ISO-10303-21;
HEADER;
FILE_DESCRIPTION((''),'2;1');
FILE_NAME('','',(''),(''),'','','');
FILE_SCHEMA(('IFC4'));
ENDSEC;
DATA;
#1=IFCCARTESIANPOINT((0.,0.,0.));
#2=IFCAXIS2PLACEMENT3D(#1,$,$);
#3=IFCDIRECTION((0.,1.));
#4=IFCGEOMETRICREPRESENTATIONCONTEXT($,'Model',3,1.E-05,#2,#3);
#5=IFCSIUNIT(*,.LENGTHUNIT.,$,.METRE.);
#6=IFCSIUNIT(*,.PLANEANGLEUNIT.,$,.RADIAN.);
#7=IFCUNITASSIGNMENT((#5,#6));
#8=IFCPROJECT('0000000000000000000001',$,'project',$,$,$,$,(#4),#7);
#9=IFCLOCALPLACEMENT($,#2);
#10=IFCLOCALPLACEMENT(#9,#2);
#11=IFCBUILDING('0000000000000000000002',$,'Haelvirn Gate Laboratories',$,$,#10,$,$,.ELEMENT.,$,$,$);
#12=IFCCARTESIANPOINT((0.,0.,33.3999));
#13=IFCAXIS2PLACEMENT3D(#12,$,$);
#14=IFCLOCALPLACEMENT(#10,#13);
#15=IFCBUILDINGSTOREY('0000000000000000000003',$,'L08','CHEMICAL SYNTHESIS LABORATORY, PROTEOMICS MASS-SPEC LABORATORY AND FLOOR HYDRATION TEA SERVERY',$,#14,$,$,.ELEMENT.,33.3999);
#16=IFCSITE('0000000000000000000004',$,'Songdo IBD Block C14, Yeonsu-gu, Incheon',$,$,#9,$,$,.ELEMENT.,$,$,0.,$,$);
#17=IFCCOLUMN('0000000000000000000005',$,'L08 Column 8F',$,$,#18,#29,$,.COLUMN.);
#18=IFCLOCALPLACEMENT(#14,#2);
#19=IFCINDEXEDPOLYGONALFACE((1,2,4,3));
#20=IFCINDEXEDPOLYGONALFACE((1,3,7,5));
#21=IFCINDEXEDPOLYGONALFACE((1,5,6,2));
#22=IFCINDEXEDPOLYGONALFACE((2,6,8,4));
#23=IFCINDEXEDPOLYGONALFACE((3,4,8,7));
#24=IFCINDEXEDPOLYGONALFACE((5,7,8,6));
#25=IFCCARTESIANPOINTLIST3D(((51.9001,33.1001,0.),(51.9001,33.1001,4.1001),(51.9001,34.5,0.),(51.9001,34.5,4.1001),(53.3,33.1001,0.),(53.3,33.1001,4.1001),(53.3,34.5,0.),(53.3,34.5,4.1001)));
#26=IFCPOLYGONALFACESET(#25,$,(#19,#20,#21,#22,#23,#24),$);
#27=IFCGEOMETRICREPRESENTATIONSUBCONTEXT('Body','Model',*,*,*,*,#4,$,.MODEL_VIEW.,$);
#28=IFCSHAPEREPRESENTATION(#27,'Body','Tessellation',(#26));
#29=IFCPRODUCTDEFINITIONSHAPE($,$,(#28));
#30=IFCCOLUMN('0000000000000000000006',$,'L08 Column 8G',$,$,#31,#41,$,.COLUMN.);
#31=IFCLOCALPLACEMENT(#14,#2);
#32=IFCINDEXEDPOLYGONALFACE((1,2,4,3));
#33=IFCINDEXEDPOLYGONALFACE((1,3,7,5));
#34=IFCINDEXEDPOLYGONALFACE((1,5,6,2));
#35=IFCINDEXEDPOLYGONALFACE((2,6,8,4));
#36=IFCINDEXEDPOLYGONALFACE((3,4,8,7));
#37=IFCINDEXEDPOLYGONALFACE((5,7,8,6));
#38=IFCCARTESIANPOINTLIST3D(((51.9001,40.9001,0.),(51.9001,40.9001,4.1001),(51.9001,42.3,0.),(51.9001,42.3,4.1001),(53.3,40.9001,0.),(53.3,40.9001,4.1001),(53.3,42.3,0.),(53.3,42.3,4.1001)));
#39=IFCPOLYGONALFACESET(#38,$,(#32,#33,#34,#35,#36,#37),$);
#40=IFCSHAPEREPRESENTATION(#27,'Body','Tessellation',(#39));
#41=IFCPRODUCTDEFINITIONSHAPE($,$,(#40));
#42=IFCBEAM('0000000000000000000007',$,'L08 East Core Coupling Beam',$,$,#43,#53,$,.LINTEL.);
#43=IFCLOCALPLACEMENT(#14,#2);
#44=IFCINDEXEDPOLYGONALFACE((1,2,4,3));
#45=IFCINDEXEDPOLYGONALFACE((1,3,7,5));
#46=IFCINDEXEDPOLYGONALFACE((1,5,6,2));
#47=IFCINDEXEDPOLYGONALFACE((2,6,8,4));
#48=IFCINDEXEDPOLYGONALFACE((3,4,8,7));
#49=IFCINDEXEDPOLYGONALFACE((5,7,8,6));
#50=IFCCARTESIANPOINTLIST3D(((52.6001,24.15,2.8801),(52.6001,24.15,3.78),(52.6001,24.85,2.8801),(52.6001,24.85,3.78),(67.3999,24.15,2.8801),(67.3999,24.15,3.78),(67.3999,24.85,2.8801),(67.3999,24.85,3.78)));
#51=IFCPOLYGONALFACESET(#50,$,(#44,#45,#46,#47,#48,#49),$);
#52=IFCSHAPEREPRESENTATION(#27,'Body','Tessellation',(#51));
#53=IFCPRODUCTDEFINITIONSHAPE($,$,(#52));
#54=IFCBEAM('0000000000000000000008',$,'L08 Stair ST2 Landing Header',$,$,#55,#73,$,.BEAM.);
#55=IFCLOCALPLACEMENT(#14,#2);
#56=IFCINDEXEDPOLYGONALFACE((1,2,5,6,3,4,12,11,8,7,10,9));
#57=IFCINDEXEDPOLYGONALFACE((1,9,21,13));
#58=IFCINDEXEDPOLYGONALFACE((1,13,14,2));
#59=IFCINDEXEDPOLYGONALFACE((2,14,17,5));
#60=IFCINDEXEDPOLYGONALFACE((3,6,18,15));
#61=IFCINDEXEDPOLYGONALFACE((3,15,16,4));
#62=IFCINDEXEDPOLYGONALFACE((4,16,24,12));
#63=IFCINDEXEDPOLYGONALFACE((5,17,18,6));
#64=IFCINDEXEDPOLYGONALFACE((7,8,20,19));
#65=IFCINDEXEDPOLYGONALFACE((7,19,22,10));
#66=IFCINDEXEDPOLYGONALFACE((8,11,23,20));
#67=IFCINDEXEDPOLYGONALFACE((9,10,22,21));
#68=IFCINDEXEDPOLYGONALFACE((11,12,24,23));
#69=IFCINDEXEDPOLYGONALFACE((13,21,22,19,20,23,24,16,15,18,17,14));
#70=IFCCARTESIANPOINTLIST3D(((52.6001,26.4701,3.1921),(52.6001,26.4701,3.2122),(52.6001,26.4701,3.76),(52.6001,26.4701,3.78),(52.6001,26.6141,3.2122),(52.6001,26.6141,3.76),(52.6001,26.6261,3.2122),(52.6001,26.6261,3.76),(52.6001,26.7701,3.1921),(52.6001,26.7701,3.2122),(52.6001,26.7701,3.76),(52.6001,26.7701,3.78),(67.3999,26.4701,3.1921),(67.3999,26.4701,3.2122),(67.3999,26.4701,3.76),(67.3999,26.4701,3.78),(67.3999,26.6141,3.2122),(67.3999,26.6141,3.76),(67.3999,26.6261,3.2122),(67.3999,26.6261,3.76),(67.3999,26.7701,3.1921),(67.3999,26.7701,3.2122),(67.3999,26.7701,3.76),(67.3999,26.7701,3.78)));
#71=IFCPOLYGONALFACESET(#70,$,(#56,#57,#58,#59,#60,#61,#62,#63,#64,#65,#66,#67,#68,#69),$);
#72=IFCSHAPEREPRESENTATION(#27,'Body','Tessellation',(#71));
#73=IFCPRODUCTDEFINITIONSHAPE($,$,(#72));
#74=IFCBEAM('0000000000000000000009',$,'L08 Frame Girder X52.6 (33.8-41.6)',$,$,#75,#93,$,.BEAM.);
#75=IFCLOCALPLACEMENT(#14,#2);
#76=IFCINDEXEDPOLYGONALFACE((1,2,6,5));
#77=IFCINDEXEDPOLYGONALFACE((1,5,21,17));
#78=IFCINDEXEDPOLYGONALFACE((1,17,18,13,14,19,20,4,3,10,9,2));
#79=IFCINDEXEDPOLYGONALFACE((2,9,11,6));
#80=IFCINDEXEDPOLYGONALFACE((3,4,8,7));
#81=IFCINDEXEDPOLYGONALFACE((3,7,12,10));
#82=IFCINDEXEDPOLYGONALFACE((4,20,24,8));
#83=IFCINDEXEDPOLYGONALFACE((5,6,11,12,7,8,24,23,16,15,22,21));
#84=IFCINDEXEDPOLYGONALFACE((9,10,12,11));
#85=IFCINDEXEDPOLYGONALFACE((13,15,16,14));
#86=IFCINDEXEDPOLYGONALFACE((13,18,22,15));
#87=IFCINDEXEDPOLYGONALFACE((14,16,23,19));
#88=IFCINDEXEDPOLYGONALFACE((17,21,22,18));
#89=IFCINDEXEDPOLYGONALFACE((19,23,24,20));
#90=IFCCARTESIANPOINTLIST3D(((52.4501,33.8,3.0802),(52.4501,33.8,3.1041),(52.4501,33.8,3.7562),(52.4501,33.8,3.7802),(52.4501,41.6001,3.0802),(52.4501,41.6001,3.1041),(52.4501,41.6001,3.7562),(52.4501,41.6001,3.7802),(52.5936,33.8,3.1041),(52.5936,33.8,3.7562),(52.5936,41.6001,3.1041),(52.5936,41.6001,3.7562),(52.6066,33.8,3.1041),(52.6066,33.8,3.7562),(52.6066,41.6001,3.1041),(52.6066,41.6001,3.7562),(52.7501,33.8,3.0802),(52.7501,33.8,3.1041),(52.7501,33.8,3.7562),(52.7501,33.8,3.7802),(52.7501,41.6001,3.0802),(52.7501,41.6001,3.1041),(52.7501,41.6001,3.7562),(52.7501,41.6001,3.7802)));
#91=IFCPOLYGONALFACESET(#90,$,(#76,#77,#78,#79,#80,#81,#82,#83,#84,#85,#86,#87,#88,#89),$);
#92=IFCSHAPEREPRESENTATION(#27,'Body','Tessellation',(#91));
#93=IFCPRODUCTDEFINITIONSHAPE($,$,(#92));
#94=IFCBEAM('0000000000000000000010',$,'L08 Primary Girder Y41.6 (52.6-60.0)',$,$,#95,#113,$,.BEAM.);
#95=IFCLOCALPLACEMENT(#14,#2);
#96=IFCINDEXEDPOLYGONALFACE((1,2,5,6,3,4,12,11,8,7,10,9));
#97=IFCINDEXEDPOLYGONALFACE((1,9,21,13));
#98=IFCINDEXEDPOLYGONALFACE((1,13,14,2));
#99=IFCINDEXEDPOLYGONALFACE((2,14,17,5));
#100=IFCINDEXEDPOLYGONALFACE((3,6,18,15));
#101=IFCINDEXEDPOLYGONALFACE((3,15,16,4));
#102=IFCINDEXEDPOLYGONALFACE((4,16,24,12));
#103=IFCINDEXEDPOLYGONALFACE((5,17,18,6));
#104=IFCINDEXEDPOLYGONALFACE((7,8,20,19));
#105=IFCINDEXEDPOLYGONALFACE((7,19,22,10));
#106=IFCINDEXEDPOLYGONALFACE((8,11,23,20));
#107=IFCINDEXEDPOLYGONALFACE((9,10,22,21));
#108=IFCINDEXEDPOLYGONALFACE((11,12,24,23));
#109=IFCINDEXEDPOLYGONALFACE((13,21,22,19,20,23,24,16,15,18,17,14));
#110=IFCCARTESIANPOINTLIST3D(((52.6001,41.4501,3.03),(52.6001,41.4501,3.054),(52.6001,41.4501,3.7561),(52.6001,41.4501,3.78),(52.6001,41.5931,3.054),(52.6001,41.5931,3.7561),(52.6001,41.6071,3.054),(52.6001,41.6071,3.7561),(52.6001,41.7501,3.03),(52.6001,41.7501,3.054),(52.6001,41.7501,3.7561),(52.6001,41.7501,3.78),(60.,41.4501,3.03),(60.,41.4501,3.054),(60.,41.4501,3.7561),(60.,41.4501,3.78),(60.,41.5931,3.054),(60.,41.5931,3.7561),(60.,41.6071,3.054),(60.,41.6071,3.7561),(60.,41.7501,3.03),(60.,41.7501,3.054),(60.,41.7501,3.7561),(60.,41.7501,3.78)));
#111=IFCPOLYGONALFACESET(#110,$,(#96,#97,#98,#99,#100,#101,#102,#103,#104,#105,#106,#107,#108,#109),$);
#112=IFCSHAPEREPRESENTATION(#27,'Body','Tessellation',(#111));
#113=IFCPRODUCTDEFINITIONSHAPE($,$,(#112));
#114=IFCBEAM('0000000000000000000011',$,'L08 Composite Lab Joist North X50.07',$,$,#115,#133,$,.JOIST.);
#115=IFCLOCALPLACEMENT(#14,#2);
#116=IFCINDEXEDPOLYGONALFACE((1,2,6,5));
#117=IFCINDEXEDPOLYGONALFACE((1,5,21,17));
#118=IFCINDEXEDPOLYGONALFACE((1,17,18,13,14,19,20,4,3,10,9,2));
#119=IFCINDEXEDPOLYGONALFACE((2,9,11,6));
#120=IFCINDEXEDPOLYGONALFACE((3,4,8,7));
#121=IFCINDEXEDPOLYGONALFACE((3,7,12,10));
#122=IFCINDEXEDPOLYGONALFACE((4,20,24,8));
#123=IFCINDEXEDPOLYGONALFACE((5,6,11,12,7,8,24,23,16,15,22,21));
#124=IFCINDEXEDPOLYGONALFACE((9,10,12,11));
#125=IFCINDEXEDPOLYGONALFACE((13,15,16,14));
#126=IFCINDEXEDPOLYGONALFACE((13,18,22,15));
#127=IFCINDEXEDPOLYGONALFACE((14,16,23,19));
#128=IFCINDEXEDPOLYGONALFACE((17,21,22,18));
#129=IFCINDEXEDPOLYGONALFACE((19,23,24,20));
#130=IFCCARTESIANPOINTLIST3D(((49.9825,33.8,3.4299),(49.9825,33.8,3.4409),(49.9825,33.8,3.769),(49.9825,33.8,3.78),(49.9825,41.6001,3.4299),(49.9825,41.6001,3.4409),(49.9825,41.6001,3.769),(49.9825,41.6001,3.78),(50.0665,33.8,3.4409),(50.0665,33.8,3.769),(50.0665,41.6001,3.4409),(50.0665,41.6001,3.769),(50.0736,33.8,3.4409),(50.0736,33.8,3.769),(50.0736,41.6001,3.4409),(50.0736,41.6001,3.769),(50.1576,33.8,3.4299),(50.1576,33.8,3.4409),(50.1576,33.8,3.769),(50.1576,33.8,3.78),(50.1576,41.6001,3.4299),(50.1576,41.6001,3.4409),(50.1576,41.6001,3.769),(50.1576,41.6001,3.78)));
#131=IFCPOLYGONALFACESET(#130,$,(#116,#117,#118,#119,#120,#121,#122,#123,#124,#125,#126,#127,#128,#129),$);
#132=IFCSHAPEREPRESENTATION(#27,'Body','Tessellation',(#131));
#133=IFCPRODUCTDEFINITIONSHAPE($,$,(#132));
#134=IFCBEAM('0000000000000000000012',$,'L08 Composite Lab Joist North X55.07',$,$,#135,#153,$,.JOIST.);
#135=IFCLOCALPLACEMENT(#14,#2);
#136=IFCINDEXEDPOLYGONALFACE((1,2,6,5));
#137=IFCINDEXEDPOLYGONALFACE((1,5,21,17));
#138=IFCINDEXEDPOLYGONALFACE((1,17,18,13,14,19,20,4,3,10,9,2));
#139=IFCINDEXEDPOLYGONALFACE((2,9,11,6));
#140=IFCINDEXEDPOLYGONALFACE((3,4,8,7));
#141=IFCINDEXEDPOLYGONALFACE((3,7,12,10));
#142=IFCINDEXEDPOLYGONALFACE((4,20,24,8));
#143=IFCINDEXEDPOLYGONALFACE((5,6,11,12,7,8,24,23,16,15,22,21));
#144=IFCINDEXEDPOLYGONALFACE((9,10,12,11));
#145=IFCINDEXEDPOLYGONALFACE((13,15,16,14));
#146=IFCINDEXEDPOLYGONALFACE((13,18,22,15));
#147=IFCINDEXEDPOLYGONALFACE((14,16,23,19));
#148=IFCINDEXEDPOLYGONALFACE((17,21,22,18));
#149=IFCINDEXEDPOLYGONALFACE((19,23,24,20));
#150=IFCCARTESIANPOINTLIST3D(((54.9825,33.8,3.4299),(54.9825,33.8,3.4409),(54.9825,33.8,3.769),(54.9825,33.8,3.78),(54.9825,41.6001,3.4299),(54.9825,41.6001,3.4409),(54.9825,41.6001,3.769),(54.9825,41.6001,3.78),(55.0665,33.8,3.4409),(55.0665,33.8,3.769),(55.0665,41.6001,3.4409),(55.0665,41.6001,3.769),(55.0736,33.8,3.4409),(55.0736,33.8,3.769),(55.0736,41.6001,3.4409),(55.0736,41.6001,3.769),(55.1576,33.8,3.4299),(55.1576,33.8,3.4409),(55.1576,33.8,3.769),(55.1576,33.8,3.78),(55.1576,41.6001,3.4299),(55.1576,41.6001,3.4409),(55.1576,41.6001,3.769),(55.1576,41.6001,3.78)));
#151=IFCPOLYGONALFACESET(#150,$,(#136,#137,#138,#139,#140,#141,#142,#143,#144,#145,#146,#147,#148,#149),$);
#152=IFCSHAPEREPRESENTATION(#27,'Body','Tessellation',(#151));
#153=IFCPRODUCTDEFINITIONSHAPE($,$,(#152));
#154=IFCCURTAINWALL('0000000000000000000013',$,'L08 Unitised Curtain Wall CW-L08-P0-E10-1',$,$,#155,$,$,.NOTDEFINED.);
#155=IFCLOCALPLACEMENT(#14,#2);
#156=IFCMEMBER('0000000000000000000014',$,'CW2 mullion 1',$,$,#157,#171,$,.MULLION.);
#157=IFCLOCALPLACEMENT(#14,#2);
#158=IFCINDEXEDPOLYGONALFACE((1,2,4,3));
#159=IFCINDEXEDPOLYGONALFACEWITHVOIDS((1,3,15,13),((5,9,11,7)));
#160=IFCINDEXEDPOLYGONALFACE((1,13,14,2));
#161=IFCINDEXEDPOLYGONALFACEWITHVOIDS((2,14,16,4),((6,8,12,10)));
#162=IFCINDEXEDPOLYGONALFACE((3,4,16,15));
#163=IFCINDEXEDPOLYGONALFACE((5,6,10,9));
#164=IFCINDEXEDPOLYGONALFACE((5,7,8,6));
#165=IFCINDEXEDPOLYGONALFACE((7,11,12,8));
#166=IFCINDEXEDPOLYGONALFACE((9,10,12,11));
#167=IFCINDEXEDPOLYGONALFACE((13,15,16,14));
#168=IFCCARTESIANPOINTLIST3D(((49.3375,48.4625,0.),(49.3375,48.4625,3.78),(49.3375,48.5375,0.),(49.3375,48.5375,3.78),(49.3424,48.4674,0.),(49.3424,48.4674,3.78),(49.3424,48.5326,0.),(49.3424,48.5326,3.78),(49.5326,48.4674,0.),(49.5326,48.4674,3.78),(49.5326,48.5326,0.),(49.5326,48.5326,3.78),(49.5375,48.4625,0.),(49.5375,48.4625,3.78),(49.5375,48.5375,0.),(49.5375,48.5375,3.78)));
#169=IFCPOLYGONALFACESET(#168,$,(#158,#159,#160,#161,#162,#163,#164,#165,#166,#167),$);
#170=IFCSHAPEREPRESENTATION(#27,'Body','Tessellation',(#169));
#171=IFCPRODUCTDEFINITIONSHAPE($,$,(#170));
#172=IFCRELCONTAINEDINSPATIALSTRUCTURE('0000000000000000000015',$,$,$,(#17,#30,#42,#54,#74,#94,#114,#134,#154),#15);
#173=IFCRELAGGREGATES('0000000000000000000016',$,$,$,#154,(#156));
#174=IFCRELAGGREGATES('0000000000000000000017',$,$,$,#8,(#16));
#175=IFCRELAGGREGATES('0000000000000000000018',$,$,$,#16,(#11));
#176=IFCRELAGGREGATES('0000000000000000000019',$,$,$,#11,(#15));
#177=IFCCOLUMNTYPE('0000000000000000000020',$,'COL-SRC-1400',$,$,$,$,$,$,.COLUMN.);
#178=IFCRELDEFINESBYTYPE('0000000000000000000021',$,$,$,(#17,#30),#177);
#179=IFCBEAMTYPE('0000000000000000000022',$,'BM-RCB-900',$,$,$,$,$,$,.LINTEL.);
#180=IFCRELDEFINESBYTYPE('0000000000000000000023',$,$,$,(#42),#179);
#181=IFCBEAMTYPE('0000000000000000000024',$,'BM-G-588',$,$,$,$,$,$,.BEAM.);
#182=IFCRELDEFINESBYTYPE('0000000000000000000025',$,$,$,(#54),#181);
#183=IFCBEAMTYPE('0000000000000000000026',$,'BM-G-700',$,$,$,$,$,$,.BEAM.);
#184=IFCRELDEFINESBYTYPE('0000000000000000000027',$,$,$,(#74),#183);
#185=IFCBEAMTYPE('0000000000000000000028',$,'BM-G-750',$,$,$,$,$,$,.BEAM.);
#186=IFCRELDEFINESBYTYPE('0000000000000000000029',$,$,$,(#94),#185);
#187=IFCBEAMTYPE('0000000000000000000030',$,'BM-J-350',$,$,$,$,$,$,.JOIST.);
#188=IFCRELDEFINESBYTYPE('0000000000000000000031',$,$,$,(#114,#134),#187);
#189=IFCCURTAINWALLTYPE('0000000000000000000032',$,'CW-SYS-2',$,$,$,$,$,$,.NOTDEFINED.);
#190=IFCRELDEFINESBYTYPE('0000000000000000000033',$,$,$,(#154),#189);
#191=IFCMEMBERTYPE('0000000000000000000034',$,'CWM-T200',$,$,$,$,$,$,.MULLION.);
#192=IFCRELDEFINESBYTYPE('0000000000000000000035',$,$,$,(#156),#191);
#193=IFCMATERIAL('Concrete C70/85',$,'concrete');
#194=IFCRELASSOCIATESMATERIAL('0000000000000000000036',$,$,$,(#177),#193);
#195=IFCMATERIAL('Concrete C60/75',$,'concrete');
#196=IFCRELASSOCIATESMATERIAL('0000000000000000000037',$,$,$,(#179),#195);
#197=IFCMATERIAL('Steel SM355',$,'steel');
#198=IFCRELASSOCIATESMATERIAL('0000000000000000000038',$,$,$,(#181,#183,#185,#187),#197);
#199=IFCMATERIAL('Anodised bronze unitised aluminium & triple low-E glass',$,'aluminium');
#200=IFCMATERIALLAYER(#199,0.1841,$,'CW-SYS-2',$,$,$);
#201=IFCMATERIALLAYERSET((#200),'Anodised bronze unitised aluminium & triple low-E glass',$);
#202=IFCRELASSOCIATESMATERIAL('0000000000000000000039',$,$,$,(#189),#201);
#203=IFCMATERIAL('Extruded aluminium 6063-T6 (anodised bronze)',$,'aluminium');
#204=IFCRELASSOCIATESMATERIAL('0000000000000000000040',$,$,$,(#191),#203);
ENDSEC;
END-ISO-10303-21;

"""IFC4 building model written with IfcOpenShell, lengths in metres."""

from ifc_helpers import new_model, si_unit, direction, frame, origin, origin_2d, place, context, subcontext, project, spatial, rectangle, hollow_rectangle, i_section, extrude, source, transform, mapped, material, layer, layer_set, material_profile, profile_set, type_object, type_shapes, element, aggregate, save


model = new_model("IFC4")

# Units and contexts
model_context = context("Model", 3, precision=1e-05, world=origin(), true_north=direction((0.0, 1.0)))
body_context = subcontext(model_context, "Body", "Model", "MODEL_VIEW")
ifc_project = project(units=[si_unit("LENGTHUNIT", "METRE"), si_unit("PLANEANGLEUNIT", "RADIAN")], contexts=[model_context])

# Site, building, storey
site_placement = place(None, origin())
site = spatial("IfcSite", under=ifc_project, at=site_placement, Name="Songdo IBD Block C14, Yeonsu-gu, Incheon", CompositionType="ELEMENT", RefElevation=0.0)
building_placement = place(site_placement, origin())
building = spatial("IfcBuilding", under=site, at=building_placement, Name="Haelvirn Gate Laboratories", CompositionType="ELEMENT")
storey_placement = place(building_placement, frame((0.0, 0.0, 33.3999)))
storey = spatial("IfcBuildingStorey", under=building, at=storey_placement, Name="L08", Description="CHEMICAL SYNTHESIS LABORATORY, PROTEOMICS MASS-SPEC LABORATORY AND FLOOR HYDRATION TEA SERVERY", CompositionType="ELEMENT", Elevation=33.3999)

# Columns
ifc_material_1 = material(Name="Concrete C70/85", Category="concrete")
ifc_material_profile_1 = material_profile(ifc_material_1, rectangle(XDim=1.3999, YDim=1.3999, at=origin_2d()), Name="SRC-1400x1400")
ifc_profile_set_1 = profile_set([ifc_material_profile_1], Name="Concrete C70/85")
column_type = type_object("IfcColumnType", Name="COL-SRC-1400", PredefinedType="COLUMN", material=ifc_profile_set_1)
shared_shape_1 = source(origin(), body_context, "Body", "SweptSolid", [
    extrude(rectangle(XDim=1.3999, YDim=1.3999, at=origin_2d()), origin(), (0.0, 0.0, 1.0), 4.1001),
])
type_shapes(column_type, [shared_shape_1])
for number, where, z_axis, x_axis, name in (
    (1, (52.6001, 33.8, 0.0), (0.0, 0.0, 1.0), (1.0, 0.0, 0.0), "L08 Column 8F"),
    (2, (52.6001, 41.6001, 0.0), (0.0, 0.0, 1.0), (1.0, 0.0, 0.0), "L08 Column 8G"),
):
    element("IfcColumn", number, at=place(storey_placement, frame(where, z_axis=z_axis, x_axis=x_axis)), inside=storey, type_object=column_type, Name=name, PredefinedType="COLUMN", context=body_context, shape_type="MappedRepresentation", body=[
        mapped(shared_shape_1, transform((0.0, 0.0, 0.0), scale=1.0)),
    ])

# Beams
ifc_material_2 = material(Name="Concrete C60/75", Category="concrete")
ifc_material_profile_2 = material_profile(ifc_material_2, rectangle(XDim=0.7, YDim=0.8999, at=origin_2d()), Name="RCB-700x900")
ifc_profile_set_2 = profile_set([ifc_material_profile_2], Name="Concrete C60/75")
beam_type_1 = type_object("IfcBeamType", Name="BM-RCB-900", PredefinedType="LINTEL", material=ifc_profile_set_2)
shared_shape_2 = source(origin(), body_context, "Body", "SweptSolid", [
    extrude(rectangle(XDim=0.7, YDim=0.8999, at=origin_2d()), origin(), (0.0, 0.0, 1.0), 14.7998),
])
type_shapes(beam_type_1, [shared_shape_2])
beam_1_placement = place(storey_placement, frame((52.6001, 24.5, 3.3301), z_axis=(1.0, 0.0, 0.0), x_axis=(0.0, 1.0, 0.0)))
element("IfcBeam", 3, at=beam_1_placement, inside=storey, type_object=beam_type_1, Name="L08 East Core Coupling Beam", PredefinedType="LINTEL", context=body_context, shape_type="MappedRepresentation", body=[
    mapped(shared_shape_2, transform((0.0, 0.0, 0.0), scale=1.0)),
])
ifc_material_3 = material(Name="Steel SM355", Category="steel")
ifc_material_profile_3 = material_profile(ifc_material_3, i_section(OverallWidth=0.3, OverallDepth=0.5879, WebThickness=0.012, FlangeThickness=0.02, at=origin_2d()), Name="H-588x300x12x20")
ifc_profile_set_3 = profile_set([ifc_material_profile_3], Name="Steel SM355")
beam_type_2 = type_object("IfcBeamType", Name="BM-G-588", PredefinedType="BEAM", material=ifc_profile_set_3)
shared_shape_3 = source(origin(), body_context, "Body", "SweptSolid", [
    extrude(i_section(OverallWidth=0.3, OverallDepth=0.5879, WebThickness=0.012, FlangeThickness=0.02, at=origin_2d()), origin(), (0.0, 0.0, 1.0), 14.7998),
])
type_shapes(beam_type_2, [shared_shape_3])
beam_2_placement = place(storey_placement, frame((52.6001, 26.6201, 3.4861), z_axis=(1.0, 0.0, 0.0), x_axis=(0.0, 1.0, 0.0)))
element("IfcBeam", 4, at=beam_2_placement, inside=storey, type_object=beam_type_2, Name="L08 Stair ST2 Landing Header", PredefinedType="BEAM", context=body_context, shape_type="MappedRepresentation", body=[
    mapped(shared_shape_3, transform((0.0, 0.0, 0.0), scale=1.0)),
])
ifc_material_profile_4 = material_profile(ifc_material_3, i_section(OverallWidth=0.3, OverallDepth=0.7, WebThickness=0.0129, FlangeThickness=0.0239, at=origin_2d()), Name="H-700x300x13x24")
ifc_profile_set_4 = profile_set([ifc_material_profile_4], Name="Steel SM355")
beam_type_3 = type_object("IfcBeamType", Name="BM-G-700", PredefinedType="BEAM", material=ifc_profile_set_4)
shared_shape_4 = source(origin(), body_context, "Body", "SweptSolid", [
    extrude(i_section(OverallWidth=0.3, OverallDepth=0.7, WebThickness=0.0129, FlangeThickness=0.0239, at=origin_2d()), origin(), (0.0, 0.0, 1.0), 7.8),
])
type_shapes(beam_type_3, [shared_shape_4])
beam_3_placement = place(storey_placement, frame((52.6001, 33.8, 3.4302), z_axis=(0.0, 1.0, 0.0), x_axis=(-1.0, 0.0, 0.0)))
element("IfcBeam", 5, at=beam_3_placement, inside=storey, type_object=beam_type_3, Name="L08 Frame Girder X52.6 (33.8-41.6)", PredefinedType="BEAM", context=body_context, shape_type="MappedRepresentation", body=[
    mapped(shared_shape_4, transform((0.0, 0.0, 0.0), scale=1.0)),
])
ifc_material_profile_5 = material_profile(ifc_material_3, i_section(OverallWidth=0.3, OverallDepth=0.75, WebThickness=0.0139, FlangeThickness=0.0239, at=origin_2d()), Name="H-750x300x14x24")
ifc_profile_set_5 = profile_set([ifc_material_profile_5], Name="Steel SM355")
beam_type_4 = type_object("IfcBeamType", Name="BM-G-750", PredefinedType="BEAM", material=ifc_profile_set_5)
shared_shape_5 = source(origin(), body_context, "Body", "SweptSolid", [
    extrude(i_section(OverallWidth=0.3, OverallDepth=0.75, WebThickness=0.0139, FlangeThickness=0.0239, at=origin_2d()), origin(), (0.0, 0.0, 1.0), 7.3999),
])
type_shapes(beam_type_4, [shared_shape_5])
beam_4_placement = place(storey_placement, frame((52.6001, 41.6001, 3.405), z_axis=(1.0, 0.0, 0.0), x_axis=(0.0, 1.0, 0.0)))
element("IfcBeam", 6, at=beam_4_placement, inside=storey, type_object=beam_type_4, Name="L08 Primary Girder Y41.6 (52.6-60.0)", PredefinedType="BEAM", context=body_context, shape_type="MappedRepresentation", body=[
    mapped(shared_shape_5, transform((0.0, 0.0, 0.0), scale=1.0)),
])
ifc_material_profile_6 = material_profile(ifc_material_3, i_section(OverallWidth=0.175, OverallDepth=0.3501, WebThickness=0.0071, FlangeThickness=0.011, at=origin_2d()), Name="H-350x175x7x11")
ifc_profile_set_6 = profile_set([ifc_material_profile_6], Name="Steel SM355")
beam_type_5 = type_object("IfcBeamType", Name="BM-J-350", PredefinedType="JOIST", material=ifc_profile_set_6)
shared_shape_6 = source(origin(), body_context, "Body", "SweptSolid", [
    extrude(i_section(OverallWidth=0.175, OverallDepth=0.3501, WebThickness=0.0071, FlangeThickness=0.011, at=origin_2d()), origin(), (0.0, 0.0, 1.0), 7.8),
])
type_shapes(beam_type_5, [shared_shape_6])
for number, where, z_axis, x_axis, name in (
    (7, (50.0701, 33.8, 3.605), (0.0, 1.0, 0.0), (-1.0, 0.0, 0.0), "L08 Composite Lab Joist North X50.07"),
    (8, (55.0701, 33.8, 3.605), (0.0, 1.0, 0.0), (-1.0, 0.0, 0.0), "L08 Composite Lab Joist North X55.07"),
):
    element("IfcBeam", number, at=place(storey_placement, frame(where, z_axis=z_axis, x_axis=x_axis)), inside=storey, type_object=beam_type_5, Name=name, PredefinedType="JOIST", context=body_context, shape_type="MappedRepresentation", body=[
        mapped(shared_shape_6, transform((0.0, 0.0, 0.0), scale=1.0)),
    ])

# Curtain wall, member
ifc_material_4 = material(Name="Anodised bronze unitised aluminium & triple low-E glass", Category="aluminium")
ifc_layer_1 = layer(ifc_material_4, 0.1841, Name="CW-SYS-2")
ifc_layer_set_1 = layer_set([ifc_layer_1], Name="Anodised bronze unitised aluminium & triple low-E glass")
curtain_wall_type = type_object("IfcCurtainWallType", Name="CW-SYS-2", PredefinedType="NOTDEFINED", material=ifc_layer_set_1)
curtain_wall_1_placement = place(storey_placement, origin())
curtain_wall_1 = element("IfcCurtainWall", 9, at=curtain_wall_1_placement, inside=storey, type_object=curtain_wall_type, Name="L08 Unitised Curtain Wall CW-L08-P0-E10-1", PredefinedType="NOTDEFINED")
ifc_material_5 = material(Name="Extruded aluminium 6063-T6 (anodised bronze)", Category="aluminium")
ifc_material_profile_7 = material_profile(ifc_material_5, hollow_rectangle(XDim=0.075, YDim=0.2, WallThickness=0.0049, at=origin_2d()), Name="CWM-200x75x5")
ifc_profile_set_7 = profile_set([ifc_material_profile_7], Name="Extruded aluminium 6063-T6 (anodised bronze)")
member_type_1 = type_object("IfcMemberType", Name="CWM-T200", PredefinedType="MULLION", material=ifc_profile_set_7)
shared_shape_7 = source(origin(), body_context, "Body", "SweptSolid", [
    extrude(hollow_rectangle(XDim=0.075, YDim=0.2, WallThickness=0.0049, at=origin_2d()), origin(), (0.0, 0.0, 1.0), 3.78),
])
type_shapes(member_type_1, [shared_shape_7])
member_1_placement = place(storey_placement, frame((49.4375, 48.5, 0.0), z_axis=(0.0, 0.0, 1.0), x_axis=(0.0, 1.0, 0.0)))
member_1 = element("IfcMember", 10, at=member_1_placement, type_object=member_type_1, Name="CW2 mullion 1", PredefinedType="MULLION", context=body_context, shape_type="MappedRepresentation", body=[
    mapped(shared_shape_7, transform((0.0, 0.0, 0.0), scale=1.0)),
])

aggregate(curtain_wall_1, [member_1])

save(model, "model.ifc")
